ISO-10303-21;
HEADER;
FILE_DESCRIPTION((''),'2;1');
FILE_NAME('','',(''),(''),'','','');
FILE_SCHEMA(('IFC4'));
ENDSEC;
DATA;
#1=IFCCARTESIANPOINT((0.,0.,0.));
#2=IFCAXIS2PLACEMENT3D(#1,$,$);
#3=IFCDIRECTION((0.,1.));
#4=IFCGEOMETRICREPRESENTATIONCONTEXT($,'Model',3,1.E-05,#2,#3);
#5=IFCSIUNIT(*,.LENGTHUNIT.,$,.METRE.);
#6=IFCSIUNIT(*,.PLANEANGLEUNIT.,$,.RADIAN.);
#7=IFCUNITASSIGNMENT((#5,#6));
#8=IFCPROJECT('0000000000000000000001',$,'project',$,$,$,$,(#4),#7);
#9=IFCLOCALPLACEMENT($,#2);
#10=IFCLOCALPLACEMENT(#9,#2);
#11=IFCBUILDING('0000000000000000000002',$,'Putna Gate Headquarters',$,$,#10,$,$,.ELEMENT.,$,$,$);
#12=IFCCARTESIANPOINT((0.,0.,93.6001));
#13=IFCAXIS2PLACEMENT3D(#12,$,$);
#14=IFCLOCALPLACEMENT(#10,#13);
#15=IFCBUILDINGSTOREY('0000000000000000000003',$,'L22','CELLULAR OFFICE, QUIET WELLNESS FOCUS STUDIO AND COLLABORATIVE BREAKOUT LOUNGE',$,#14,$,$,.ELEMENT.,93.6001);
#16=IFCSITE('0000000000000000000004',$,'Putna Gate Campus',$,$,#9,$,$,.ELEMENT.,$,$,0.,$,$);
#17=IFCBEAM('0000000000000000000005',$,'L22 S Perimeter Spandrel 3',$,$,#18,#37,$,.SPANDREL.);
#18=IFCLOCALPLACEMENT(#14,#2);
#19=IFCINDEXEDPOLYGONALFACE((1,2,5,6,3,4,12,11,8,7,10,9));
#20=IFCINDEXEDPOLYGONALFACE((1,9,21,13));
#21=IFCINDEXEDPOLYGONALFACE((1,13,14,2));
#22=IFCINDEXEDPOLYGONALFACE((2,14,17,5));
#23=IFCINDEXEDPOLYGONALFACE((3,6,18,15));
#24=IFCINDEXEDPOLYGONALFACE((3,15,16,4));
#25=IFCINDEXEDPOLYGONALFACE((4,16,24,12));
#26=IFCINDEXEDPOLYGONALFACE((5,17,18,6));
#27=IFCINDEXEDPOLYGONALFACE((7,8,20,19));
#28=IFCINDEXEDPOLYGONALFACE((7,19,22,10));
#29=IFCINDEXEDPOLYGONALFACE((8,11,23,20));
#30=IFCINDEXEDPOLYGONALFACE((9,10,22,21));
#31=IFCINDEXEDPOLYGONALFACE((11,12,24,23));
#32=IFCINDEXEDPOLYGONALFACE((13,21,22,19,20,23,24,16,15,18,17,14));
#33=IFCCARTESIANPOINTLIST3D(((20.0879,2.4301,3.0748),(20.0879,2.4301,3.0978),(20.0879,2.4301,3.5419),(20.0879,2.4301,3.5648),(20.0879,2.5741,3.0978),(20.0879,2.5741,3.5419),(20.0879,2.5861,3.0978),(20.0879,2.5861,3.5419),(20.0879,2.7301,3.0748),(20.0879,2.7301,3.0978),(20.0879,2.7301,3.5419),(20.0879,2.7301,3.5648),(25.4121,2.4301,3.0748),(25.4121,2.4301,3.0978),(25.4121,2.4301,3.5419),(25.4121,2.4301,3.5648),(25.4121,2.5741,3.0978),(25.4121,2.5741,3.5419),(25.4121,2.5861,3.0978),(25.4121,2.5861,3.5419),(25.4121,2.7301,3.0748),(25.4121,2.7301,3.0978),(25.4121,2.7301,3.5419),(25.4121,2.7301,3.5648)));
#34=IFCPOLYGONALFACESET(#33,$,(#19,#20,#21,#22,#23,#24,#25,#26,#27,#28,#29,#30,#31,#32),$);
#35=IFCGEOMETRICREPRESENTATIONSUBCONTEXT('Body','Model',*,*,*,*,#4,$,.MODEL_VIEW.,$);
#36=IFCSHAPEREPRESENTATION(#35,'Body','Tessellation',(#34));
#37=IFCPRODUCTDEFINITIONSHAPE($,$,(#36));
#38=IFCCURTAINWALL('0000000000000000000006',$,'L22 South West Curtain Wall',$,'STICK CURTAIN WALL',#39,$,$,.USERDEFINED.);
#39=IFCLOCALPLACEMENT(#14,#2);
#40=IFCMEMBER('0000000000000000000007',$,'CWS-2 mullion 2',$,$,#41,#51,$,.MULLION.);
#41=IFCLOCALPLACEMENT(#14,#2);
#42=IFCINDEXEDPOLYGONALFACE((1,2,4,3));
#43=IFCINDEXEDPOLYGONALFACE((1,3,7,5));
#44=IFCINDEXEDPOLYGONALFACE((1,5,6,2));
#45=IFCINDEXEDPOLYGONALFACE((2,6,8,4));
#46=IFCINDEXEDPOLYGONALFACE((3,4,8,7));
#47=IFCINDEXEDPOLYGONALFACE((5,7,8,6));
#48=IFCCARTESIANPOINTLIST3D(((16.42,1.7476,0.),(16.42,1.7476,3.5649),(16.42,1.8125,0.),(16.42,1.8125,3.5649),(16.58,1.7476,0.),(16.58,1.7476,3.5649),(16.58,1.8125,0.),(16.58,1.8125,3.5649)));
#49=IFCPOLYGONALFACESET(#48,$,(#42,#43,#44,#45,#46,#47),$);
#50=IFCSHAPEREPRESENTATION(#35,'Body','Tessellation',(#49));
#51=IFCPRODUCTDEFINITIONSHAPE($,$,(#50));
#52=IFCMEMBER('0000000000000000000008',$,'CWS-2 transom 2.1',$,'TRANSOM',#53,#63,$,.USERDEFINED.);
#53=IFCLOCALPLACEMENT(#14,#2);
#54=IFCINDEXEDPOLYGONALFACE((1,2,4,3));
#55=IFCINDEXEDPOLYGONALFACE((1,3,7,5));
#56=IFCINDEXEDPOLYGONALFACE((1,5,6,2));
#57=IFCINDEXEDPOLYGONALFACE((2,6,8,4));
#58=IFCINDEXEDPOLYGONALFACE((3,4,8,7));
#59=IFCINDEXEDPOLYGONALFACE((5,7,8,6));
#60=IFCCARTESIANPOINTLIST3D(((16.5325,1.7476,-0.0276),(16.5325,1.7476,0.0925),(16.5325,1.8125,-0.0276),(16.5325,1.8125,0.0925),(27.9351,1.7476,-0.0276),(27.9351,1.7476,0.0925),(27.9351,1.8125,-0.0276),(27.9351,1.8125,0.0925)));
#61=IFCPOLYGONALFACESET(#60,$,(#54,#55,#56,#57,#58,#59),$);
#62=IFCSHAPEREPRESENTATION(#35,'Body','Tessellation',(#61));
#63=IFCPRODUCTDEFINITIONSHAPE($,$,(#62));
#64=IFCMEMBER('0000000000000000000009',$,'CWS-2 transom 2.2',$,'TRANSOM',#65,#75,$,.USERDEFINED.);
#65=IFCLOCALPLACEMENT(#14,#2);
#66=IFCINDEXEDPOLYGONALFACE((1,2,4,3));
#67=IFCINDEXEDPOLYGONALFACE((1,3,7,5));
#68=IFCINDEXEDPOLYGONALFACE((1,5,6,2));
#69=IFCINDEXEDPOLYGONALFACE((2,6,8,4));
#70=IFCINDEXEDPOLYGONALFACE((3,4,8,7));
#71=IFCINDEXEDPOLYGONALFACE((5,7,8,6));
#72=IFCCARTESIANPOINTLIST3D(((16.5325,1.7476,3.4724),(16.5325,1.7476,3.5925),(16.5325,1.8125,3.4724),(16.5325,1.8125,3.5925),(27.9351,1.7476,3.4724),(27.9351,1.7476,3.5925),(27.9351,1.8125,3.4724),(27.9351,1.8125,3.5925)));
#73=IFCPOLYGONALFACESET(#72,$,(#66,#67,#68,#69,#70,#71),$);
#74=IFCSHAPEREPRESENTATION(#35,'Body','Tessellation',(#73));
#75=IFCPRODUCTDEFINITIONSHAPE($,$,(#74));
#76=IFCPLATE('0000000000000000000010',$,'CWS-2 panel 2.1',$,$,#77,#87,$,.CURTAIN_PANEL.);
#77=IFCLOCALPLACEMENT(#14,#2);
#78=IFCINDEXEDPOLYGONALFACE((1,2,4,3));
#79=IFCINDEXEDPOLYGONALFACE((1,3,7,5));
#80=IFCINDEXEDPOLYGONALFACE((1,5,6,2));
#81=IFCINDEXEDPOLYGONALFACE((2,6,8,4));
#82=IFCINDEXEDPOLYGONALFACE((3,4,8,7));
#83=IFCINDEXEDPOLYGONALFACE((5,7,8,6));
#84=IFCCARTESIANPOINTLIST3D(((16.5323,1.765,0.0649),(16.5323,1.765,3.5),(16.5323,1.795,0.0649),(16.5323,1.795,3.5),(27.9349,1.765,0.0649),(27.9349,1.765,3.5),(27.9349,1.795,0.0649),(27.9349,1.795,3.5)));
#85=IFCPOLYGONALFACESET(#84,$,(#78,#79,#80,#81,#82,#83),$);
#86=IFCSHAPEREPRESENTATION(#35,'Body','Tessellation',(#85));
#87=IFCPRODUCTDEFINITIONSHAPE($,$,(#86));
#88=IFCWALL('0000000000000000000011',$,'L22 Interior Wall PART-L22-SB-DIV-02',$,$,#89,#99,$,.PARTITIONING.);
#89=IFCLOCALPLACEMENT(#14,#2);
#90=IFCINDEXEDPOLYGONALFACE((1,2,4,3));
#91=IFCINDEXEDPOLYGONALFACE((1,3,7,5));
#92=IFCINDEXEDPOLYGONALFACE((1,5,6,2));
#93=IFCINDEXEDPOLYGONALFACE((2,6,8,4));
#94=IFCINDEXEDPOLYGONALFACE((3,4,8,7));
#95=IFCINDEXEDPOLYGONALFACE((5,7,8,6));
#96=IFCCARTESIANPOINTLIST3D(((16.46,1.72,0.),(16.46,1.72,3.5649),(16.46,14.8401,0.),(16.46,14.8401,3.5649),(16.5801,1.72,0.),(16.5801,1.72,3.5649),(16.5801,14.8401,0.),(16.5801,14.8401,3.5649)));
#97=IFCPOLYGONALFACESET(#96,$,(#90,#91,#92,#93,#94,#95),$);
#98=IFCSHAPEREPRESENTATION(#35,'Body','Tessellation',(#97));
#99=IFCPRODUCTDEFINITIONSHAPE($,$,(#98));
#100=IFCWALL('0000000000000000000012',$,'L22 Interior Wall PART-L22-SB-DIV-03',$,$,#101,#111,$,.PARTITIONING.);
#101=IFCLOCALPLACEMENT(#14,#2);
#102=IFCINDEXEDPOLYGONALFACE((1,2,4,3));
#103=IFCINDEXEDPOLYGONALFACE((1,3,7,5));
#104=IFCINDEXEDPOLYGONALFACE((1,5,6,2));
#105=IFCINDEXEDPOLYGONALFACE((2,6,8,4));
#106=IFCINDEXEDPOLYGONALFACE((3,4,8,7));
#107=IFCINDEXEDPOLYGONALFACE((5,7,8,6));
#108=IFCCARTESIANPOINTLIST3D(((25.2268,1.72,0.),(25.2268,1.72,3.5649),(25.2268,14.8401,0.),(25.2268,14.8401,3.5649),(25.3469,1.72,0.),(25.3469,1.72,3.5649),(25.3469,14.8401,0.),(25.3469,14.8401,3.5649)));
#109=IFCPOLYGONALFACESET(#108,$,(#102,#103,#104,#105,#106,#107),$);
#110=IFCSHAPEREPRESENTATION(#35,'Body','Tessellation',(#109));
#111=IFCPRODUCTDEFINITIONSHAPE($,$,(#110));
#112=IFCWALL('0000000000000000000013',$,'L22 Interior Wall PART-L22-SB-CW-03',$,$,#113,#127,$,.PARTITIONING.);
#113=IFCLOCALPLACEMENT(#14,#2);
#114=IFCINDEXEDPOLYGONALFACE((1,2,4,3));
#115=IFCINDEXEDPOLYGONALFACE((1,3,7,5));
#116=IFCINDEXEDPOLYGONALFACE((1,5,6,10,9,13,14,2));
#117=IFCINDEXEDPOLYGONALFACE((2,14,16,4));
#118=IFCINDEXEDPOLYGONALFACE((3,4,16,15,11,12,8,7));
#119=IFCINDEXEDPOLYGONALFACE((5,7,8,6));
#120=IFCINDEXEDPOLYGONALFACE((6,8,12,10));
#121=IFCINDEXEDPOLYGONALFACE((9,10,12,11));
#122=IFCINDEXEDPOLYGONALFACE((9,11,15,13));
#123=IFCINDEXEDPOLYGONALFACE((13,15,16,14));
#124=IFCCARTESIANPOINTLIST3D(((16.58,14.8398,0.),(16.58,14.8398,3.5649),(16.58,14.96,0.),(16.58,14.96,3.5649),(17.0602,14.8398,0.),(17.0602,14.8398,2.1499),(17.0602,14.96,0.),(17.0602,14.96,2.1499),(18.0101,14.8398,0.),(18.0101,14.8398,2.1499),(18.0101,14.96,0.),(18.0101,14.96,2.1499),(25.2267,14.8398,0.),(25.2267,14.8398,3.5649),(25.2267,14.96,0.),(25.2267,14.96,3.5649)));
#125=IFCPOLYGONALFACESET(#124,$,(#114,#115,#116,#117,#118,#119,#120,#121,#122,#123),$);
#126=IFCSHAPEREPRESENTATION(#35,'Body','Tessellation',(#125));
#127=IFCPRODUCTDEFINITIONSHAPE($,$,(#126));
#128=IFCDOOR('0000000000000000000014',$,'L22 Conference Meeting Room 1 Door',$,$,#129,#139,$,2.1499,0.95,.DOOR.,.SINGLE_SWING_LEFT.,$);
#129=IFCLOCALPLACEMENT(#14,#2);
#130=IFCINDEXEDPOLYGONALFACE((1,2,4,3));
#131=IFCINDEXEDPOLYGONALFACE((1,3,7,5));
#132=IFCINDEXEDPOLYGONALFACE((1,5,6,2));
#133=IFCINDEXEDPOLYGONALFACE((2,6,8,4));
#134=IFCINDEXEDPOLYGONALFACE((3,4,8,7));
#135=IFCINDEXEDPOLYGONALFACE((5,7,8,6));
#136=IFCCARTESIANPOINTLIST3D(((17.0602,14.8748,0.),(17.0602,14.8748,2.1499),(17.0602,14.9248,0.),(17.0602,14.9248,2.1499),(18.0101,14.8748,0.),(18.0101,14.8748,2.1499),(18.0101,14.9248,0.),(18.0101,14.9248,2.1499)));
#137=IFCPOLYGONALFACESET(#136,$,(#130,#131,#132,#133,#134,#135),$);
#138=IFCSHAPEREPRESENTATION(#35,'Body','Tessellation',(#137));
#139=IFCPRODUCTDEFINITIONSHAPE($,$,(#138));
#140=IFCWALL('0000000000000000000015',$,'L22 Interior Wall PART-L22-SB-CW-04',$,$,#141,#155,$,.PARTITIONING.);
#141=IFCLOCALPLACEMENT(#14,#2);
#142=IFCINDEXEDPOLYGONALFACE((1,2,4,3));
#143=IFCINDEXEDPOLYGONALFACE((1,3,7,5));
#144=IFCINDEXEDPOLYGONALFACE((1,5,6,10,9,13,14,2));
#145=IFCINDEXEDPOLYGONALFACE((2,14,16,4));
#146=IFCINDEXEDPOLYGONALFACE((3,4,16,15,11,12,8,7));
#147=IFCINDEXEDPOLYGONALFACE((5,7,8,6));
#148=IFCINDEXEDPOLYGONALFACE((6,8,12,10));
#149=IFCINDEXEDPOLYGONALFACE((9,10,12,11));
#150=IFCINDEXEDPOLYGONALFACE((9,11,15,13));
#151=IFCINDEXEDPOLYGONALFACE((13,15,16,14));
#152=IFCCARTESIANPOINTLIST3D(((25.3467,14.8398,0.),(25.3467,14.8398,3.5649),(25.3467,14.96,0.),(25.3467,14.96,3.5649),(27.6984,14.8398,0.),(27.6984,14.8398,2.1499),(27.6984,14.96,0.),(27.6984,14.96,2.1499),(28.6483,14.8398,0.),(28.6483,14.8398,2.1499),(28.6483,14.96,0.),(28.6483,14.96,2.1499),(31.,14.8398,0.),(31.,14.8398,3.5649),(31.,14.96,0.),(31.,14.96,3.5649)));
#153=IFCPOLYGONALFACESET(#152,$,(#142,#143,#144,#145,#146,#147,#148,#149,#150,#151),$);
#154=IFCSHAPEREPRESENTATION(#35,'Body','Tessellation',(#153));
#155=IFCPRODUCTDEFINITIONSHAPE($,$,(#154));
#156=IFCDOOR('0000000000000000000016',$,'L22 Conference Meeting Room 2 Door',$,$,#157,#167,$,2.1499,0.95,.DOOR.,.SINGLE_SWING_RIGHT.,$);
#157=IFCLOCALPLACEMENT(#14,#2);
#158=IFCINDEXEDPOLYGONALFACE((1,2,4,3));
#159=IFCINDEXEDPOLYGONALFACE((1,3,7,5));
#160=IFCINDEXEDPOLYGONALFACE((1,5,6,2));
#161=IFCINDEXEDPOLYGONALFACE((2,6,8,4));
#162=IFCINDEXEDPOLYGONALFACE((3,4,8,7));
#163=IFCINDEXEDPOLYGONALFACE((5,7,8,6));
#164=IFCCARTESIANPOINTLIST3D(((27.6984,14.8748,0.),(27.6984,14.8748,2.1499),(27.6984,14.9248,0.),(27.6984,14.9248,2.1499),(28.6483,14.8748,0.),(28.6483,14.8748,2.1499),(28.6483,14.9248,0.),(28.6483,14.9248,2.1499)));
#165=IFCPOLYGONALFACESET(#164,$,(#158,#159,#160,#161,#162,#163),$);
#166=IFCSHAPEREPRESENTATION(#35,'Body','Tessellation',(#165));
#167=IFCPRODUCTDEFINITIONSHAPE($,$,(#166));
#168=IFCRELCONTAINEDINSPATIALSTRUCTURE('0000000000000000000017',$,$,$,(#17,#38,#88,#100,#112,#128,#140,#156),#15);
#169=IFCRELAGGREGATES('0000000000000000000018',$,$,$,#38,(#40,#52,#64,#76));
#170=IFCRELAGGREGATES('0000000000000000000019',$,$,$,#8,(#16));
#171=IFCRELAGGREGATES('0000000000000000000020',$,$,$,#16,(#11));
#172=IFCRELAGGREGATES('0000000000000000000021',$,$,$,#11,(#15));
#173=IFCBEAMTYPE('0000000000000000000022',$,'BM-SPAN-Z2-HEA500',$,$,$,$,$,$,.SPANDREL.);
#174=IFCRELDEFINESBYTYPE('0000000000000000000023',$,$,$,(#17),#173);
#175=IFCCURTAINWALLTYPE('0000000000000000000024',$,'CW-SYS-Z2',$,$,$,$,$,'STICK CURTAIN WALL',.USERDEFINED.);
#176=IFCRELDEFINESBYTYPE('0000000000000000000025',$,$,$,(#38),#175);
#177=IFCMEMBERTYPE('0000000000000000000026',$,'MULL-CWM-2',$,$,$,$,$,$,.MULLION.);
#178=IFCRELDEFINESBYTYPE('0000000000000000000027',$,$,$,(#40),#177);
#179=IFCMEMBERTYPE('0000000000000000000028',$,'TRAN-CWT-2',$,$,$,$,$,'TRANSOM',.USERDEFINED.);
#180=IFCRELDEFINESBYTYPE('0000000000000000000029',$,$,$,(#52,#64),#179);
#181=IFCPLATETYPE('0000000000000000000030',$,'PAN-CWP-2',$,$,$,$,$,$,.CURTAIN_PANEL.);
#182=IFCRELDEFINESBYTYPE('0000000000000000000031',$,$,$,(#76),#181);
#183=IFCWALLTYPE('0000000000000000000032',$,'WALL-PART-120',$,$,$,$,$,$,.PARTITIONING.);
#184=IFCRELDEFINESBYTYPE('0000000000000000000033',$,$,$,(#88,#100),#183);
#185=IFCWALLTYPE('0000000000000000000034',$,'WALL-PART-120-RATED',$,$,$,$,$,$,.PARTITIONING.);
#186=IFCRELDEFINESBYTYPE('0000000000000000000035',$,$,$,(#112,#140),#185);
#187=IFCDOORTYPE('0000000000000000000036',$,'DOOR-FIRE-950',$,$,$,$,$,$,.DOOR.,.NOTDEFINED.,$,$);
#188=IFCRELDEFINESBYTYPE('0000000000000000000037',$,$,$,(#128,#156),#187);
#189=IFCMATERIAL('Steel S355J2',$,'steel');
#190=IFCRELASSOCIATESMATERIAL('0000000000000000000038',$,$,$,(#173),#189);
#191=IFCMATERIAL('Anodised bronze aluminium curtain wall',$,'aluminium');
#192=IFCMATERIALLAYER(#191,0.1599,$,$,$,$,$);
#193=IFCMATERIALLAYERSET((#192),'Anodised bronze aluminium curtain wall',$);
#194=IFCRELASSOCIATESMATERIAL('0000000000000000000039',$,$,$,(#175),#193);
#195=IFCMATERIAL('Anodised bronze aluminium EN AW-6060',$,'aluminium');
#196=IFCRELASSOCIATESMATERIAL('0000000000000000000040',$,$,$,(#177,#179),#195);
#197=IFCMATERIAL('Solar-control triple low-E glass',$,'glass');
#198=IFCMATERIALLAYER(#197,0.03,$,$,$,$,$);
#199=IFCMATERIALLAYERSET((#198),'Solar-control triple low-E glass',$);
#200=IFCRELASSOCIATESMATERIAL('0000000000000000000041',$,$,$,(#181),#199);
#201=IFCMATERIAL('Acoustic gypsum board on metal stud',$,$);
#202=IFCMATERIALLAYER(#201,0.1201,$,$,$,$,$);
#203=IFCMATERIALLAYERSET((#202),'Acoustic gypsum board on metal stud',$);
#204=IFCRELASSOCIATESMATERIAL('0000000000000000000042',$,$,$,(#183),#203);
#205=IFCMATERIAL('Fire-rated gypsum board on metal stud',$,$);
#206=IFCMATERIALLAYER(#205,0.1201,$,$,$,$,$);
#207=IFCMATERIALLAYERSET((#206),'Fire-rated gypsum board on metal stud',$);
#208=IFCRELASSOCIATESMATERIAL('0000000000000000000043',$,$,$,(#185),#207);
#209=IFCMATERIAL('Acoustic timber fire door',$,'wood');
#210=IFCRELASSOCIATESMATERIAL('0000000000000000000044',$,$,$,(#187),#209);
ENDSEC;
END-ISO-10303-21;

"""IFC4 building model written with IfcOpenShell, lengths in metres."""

from ifc_helpers import new_model, si_unit, direction, frame, frame_2d, origin, origin_2d, place, context, subcontext, project, spatial, rectangle, i_section, extrude, material, layer, layer_set, material_profile, profile_set, type_object, element, fill, aggregate, save


model = new_model("IFC4")

# Units and contexts
model_context = context("Model", 3, precision=1e-05, world=origin(), true_north=direction((0.0, 1.0)))
body_context = subcontext(model_context, "Body", "Model", "MODEL_VIEW")
ifc_project = project(units=[si_unit("LENGTHUNIT", "METRE"), si_unit("PLANEANGLEUNIT", "RADIAN")], contexts=[model_context])

# Site, building, storey
site_placement = place(None, origin())
site = spatial("IfcSite", under=ifc_project, at=site_placement, Name="Putna Gate Campus", CompositionType="ELEMENT", RefElevation=0.0)
building_placement = place(site_placement, origin())
building = spatial("IfcBuilding", under=site, at=building_placement, Name="Putna Gate Headquarters", CompositionType="ELEMENT")
storey_placement = place(building_placement, frame((0.0, 0.0, 93.6001)))
storey = spatial("IfcBuildingStorey", under=building, at=storey_placement, Name="L22", Description="CELLULAR OFFICE, QUIET WELLNESS FOCUS STUDIO AND COLLABORATIVE BREAKOUT LOUNGE", CompositionType="ELEMENT", Elevation=93.6001)

# Beam
ifc_material_1 = material(Name="Steel S355J2", Category="steel")
ifc_material_profile_1 = material_profile(ifc_material_1, i_section(OverallWidth=0.3, OverallDepth=0.49, WebThickness=0.012, FlangeThickness=0.0229, at=origin_2d()), Name="Steel S355J2")
ifc_profile_set_1 = profile_set([ifc_material_profile_1], Name="Steel S355J2")
beam_type_1 = type_object("IfcBeamType", Name="BM-SPAN-Z2-HEA500", PredefinedType="SPANDREL", material=ifc_profile_set_1)
for number, where, z_axis, x_axis, name in (
    (1, (20.0879, 2.5801, 3.3198), (1.0, 0.0, 0.0), (0.0, 1.0, 0.0), "L22 S Perimeter Spandrel 3"),
):
    element("IfcBeam", number, at=place(storey_placement, frame(where, z_axis=z_axis, x_axis=x_axis)), inside=storey, type_object=beam_type_1, Name=name, PredefinedType="SPANDREL", context=body_context, shape_type="SweptSolid", body=[
        extrude(i_section(OverallWidth=0.3, OverallDepth=0.49, WebThickness=0.012, FlangeThickness=0.0229, at=origin_2d()), origin(), (0.0, 0.0, 1.0), 5.3242),
    ])

# Curtain wall, members, plate
ifc_material_2 = material(Name="Anodised bronze aluminium curtain wall", Category="aluminium")
ifc_layer_1 = layer(ifc_material_2, 0.1599)
ifc_layer_set_1 = layer_set([ifc_layer_1], Name="Anodised bronze aluminium curtain wall")
curtain_wall_type = type_object("IfcCurtainWallType", Name="CW-SYS-Z2", ElementType="STICK CURTAIN WALL", PredefinedType="USERDEFINED", material=ifc_layer_set_1)
curtain_wall_placement = place(storey_placement, origin())
curtain_wall = element("IfcCurtainWall", 2, at=curtain_wall_placement, inside=storey, type_object=curtain_wall_type, Name="L22 South West Curtain Wall", ObjectType="STICK CURTAIN WALL", PredefinedType="USERDEFINED")
ifc_material_3 = material(Name="Anodised bronze aluminium EN AW-6060", Category="aluminium")
ifc_material_profile_2 = material_profile(ifc_material_3, rectangle(XDim=0.0649, YDim=0.1599, at=origin_2d()), Name="Anodised bronze aluminium EN AW-6060")
ifc_profile_set_2 = profile_set([ifc_material_profile_2], Name="Anodised bronze aluminium EN AW-6060")
member_type_1 = type_object("IfcMemberType", Name="MULL-CWM-2", PredefinedType="MULLION", material=ifc_profile_set_2)
member_1_placement = place(storey_placement, frame((16.5, 1.78, 0.0), z_axis=(0.0, 0.0, 1.0), x_axis=(0.0, 1.0, 0.0)))
member_1 = element("IfcMember", 3, at=member_1_placement, type_object=member_type_1, Name="CWS-2 mullion 2", PredefinedType="MULLION", context=body_context, shape_type="SweptSolid", body=[
    extrude(rectangle(XDim=0.0649, YDim=0.1599, at=origin_2d()), origin(), (0.0, 0.0, 1.0), 3.5649),
])
ifc_material_profile_3 = material_profile(ifc_material_3, rectangle(XDim=0.0649, YDim=0.1201, at=origin_2d()), Name="Anodised bronze aluminium EN AW-6060")
ifc_profile_set_3 = profile_set([ifc_material_profile_3], Name="Anodised bronze aluminium EN AW-6060")
member_type_2 = type_object("IfcMemberType", Name="TRAN-CWT-2", ElementType="TRANSOM", PredefinedType="USERDEFINED", material=ifc_profile_set_3)
member_2_placement = place(storey_placement, frame((16.5325, 1.78, 0.0325), z_axis=(1.0, 0.0, 0.0), x_axis=(0.0, 1.0, 0.0)))
member_2 = element("IfcMember", 4, at=member_2_placement, type_object=member_type_2, Name="CWS-2 transom 2.1", ObjectType="TRANSOM", PredefinedType="USERDEFINED", context=body_context, shape_type="SweptSolid", body=[
    extrude(rectangle(XDim=0.0649, YDim=0.1201, at=origin_2d()), origin(), (0.0, 0.0, 1.0), 11.4026),
])
member_3_placement = place(storey_placement, frame((16.5325, 1.78, 3.5325), z_axis=(1.0, 0.0, 0.0), x_axis=(0.0, 1.0, 0.0)))
member_3 = element("IfcMember", 5, at=member_3_placement, type_object=member_type_2, Name="CWS-2 transom 2.2", ObjectType="TRANSOM", PredefinedType="USERDEFINED", context=body_context, shape_type="SweptSolid", body=[
    extrude(rectangle(XDim=0.0649, YDim=0.1201, at=origin_2d()), origin(), (0.0, 0.0, 1.0), 11.4026),
])
ifc_material_4 = material(Name="Solar-control triple low-E glass", Category="glass")
ifc_layer_2 = layer(ifc_material_4, 0.03)
ifc_layer_set_2 = layer_set([ifc_layer_2], Name="Solar-control triple low-E glass")
plate_type = type_object("IfcPlateType", Name="PAN-CWP-2", PredefinedType="CURTAIN_PANEL", material=ifc_layer_set_2)
plate_placement = place(storey_placement, frame((22.2336, 1.78, 0.0649), z_axis=(0.0, 0.0, 1.0), x_axis=(1.0, 0.0, 0.0)))
plate = element("IfcPlate", 6, at=plate_placement, type_object=plate_type, Name="CWS-2 panel 2.1", PredefinedType="CURTAIN_PANEL", context=body_context, shape_type="SweptSolid", body=[
    extrude(rectangle(XDim=11.4026, YDim=0.03, at=origin_2d()), origin(), (0.0, 0.0, 1.0), 3.4351),
])
aggregate(curtain_wall, [member_1, member_2, member_3, plate])

# Walls
ifc_material_5 = material(Name="Acoustic gypsum board on metal stud")
ifc_layer_3 = layer(ifc_material_5, 0.1201)
ifc_layer_set_3 = layer_set([ifc_layer_3], Name="Acoustic gypsum board on metal stud")
wall_type_1 = type_object("IfcWallType", Name="WALL-PART-120", PredefinedType="PARTITIONING", material=ifc_layer_set_3)
for number, where, z_axis, x_axis, name in (
    (7, (16.52, 1.72, 0.0), (0.0, 0.0, 1.0), (0.0, 1.0, 0.0), "L22 Interior Wall PART-L22-SB-DIV-02"),
    (8, (25.2869, 1.72, 0.0), (0.0, 0.0, 1.0), (0.0, 1.0, 0.0), "L22 Interior Wall PART-L22-SB-DIV-03"),
):
    element("IfcWall", number, at=place(storey_placement, frame(where, z_axis=z_axis, x_axis=x_axis)), inside=storey, type_object=wall_type_1, Name=name, PredefinedType="PARTITIONING", context=body_context, shape_type="SweptSolid", body=[
        extrude(rectangle(XDim=13.1201, YDim=0.1201, at=frame_2d((6.5601, 0.0))), origin(), (0.0, 0.0, 1.0), 3.5649),
    ])

# Walls, openings, doors
ifc_material_6 = material(Name="Fire-rated gypsum board on metal stud")
ifc_layer_4 = layer(ifc_material_6, 0.1201)
ifc_layer_set_4 = layer_set([ifc_layer_4], Name="Fire-rated gypsum board on metal stud")
wall_type_2 = type_object("IfcWallType", Name="WALL-PART-120-RATED", PredefinedType="PARTITIONING", material=ifc_layer_set_4)
wall_1_placement = place(storey_placement, frame((16.5801, 14.8999, 0.0), z_axis=(0.0, 0.0, 1.0), x_axis=(1.0, 0.0, 0.0)))
wall_1 = element("IfcWall", 9, at=wall_1_placement, inside=storey, type_object=wall_type_2, Name="L22 Interior Wall PART-L22-SB-CW-03", PredefinedType="PARTITIONING", context=body_context, shape_type="SweptSolid", body=[
    extrude(rectangle(XDim=8.6467, YDim=0.1201, at=frame_2d((4.3232, 0.0))), origin(), (0.0, 0.0, 1.0), 3.5649),
])
opening_1_placement = place(wall_1_placement, frame((0.48, 0.0, 0.0)))
opening_1 = element("IfcOpeningElement", 10, at=opening_1_placement, cuts=wall_1, PredefinedType="OPENING", context=body_context, shape_type="SweptSolid", body=[
    extrude(rectangle(XDim=0.95, YDim=2.1499, at=frame_2d((0.4751, 1.075))), frame((0.0, 0.0701, 0.0), z_axis=(0.0, -1.0, 0.0), x_axis=(1.0, 0.0, 0.0)), (0.0, 0.0, 1.0), 0.1401),
])
ifc_material_7 = material(Name="Acoustic timber fire door", Category="wood")
door_type_1 = type_object("IfcDoorType", Name="DOOR-FIRE-950", OperationType="NOTDEFINED", PredefinedType="DOOR", material=ifc_material_7)
door_1_placement = place(opening_1_placement, origin())
door_1 = element("IfcDoor", 11, at=door_1_placement, inside=storey, type_object=door_type_1, Name="L22 Conference Meeting Room 1 Door", OperationType="SINGLE_SWING_LEFT", OverallHeight=2.1499, OverallWidth=0.95, PredefinedType="DOOR", context=body_context, shape_type="SweptSolid", body=[
    extrude(rectangle(XDim=0.95, YDim=2.1499, at=frame_2d((0.4751, 1.075))), frame((0.0, 0.0249, 0.0), z_axis=(0.0, -1.0, 0.0), x_axis=(1.0, 0.0, 0.0)), (0.0, 0.0, 1.0), 0.05),
])
fill(opening_1, door_1)
wall_2_placement = place(storey_placement, frame((25.3467, 14.8999, 0.0), z_axis=(0.0, 0.0, 1.0), x_axis=(1.0, 0.0, 0.0)))
wall_2 = element("IfcWall", 12, at=wall_2_placement, inside=storey, type_object=wall_type_2, Name="L22 Interior Wall PART-L22-SB-CW-04", PredefinedType="PARTITIONING", context=body_context, shape_type="SweptSolid", body=[
    extrude(rectangle(XDim=5.6533, YDim=0.1201, at=frame_2d((2.8267, 0.0))), origin(), (0.0, 0.0, 1.0), 3.5649),
])
opening_2_placement = place(wall_2_placement, frame((2.3516, 0.0, 0.0)))
opening_2 = element("IfcOpeningElement", 13, at=opening_2_placement, cuts=wall_2, PredefinedType="OPENING", context=body_context, shape_type="SweptSolid", body=[
    extrude(rectangle(XDim=0.95, YDim=2.1499, at=frame_2d((0.4751, 1.075))), frame((0.0, 0.0701, 0.0), z_axis=(0.0, -1.0, 0.0), x_axis=(1.0, 0.0, 0.0)), (0.0, 0.0, 1.0), 0.1401),
])
door_2_placement = place(opening_2_placement, origin())
door_2 = element("IfcDoor", 14, at=door_2_placement, inside=storey, type_object=door_type_1, Name="L22 Conference Meeting Room 2 Door", OperationType="SINGLE_SWING_RIGHT", OverallHeight=2.1499, OverallWidth=0.95, PredefinedType="DOOR", context=body_context, shape_type="SweptSolid", body=[
    extrude(rectangle(XDim=0.95, YDim=2.1499, at=frame_2d((0.4751, 1.075))), frame((0.0, 0.0249, 0.0), z_axis=(0.0, -1.0, 0.0), x_axis=(1.0, 0.0, 0.0)), (0.0, 0.0, 1.0), 0.05),
])
fill(opening_2, door_2)

save(model, "model.ifc")
